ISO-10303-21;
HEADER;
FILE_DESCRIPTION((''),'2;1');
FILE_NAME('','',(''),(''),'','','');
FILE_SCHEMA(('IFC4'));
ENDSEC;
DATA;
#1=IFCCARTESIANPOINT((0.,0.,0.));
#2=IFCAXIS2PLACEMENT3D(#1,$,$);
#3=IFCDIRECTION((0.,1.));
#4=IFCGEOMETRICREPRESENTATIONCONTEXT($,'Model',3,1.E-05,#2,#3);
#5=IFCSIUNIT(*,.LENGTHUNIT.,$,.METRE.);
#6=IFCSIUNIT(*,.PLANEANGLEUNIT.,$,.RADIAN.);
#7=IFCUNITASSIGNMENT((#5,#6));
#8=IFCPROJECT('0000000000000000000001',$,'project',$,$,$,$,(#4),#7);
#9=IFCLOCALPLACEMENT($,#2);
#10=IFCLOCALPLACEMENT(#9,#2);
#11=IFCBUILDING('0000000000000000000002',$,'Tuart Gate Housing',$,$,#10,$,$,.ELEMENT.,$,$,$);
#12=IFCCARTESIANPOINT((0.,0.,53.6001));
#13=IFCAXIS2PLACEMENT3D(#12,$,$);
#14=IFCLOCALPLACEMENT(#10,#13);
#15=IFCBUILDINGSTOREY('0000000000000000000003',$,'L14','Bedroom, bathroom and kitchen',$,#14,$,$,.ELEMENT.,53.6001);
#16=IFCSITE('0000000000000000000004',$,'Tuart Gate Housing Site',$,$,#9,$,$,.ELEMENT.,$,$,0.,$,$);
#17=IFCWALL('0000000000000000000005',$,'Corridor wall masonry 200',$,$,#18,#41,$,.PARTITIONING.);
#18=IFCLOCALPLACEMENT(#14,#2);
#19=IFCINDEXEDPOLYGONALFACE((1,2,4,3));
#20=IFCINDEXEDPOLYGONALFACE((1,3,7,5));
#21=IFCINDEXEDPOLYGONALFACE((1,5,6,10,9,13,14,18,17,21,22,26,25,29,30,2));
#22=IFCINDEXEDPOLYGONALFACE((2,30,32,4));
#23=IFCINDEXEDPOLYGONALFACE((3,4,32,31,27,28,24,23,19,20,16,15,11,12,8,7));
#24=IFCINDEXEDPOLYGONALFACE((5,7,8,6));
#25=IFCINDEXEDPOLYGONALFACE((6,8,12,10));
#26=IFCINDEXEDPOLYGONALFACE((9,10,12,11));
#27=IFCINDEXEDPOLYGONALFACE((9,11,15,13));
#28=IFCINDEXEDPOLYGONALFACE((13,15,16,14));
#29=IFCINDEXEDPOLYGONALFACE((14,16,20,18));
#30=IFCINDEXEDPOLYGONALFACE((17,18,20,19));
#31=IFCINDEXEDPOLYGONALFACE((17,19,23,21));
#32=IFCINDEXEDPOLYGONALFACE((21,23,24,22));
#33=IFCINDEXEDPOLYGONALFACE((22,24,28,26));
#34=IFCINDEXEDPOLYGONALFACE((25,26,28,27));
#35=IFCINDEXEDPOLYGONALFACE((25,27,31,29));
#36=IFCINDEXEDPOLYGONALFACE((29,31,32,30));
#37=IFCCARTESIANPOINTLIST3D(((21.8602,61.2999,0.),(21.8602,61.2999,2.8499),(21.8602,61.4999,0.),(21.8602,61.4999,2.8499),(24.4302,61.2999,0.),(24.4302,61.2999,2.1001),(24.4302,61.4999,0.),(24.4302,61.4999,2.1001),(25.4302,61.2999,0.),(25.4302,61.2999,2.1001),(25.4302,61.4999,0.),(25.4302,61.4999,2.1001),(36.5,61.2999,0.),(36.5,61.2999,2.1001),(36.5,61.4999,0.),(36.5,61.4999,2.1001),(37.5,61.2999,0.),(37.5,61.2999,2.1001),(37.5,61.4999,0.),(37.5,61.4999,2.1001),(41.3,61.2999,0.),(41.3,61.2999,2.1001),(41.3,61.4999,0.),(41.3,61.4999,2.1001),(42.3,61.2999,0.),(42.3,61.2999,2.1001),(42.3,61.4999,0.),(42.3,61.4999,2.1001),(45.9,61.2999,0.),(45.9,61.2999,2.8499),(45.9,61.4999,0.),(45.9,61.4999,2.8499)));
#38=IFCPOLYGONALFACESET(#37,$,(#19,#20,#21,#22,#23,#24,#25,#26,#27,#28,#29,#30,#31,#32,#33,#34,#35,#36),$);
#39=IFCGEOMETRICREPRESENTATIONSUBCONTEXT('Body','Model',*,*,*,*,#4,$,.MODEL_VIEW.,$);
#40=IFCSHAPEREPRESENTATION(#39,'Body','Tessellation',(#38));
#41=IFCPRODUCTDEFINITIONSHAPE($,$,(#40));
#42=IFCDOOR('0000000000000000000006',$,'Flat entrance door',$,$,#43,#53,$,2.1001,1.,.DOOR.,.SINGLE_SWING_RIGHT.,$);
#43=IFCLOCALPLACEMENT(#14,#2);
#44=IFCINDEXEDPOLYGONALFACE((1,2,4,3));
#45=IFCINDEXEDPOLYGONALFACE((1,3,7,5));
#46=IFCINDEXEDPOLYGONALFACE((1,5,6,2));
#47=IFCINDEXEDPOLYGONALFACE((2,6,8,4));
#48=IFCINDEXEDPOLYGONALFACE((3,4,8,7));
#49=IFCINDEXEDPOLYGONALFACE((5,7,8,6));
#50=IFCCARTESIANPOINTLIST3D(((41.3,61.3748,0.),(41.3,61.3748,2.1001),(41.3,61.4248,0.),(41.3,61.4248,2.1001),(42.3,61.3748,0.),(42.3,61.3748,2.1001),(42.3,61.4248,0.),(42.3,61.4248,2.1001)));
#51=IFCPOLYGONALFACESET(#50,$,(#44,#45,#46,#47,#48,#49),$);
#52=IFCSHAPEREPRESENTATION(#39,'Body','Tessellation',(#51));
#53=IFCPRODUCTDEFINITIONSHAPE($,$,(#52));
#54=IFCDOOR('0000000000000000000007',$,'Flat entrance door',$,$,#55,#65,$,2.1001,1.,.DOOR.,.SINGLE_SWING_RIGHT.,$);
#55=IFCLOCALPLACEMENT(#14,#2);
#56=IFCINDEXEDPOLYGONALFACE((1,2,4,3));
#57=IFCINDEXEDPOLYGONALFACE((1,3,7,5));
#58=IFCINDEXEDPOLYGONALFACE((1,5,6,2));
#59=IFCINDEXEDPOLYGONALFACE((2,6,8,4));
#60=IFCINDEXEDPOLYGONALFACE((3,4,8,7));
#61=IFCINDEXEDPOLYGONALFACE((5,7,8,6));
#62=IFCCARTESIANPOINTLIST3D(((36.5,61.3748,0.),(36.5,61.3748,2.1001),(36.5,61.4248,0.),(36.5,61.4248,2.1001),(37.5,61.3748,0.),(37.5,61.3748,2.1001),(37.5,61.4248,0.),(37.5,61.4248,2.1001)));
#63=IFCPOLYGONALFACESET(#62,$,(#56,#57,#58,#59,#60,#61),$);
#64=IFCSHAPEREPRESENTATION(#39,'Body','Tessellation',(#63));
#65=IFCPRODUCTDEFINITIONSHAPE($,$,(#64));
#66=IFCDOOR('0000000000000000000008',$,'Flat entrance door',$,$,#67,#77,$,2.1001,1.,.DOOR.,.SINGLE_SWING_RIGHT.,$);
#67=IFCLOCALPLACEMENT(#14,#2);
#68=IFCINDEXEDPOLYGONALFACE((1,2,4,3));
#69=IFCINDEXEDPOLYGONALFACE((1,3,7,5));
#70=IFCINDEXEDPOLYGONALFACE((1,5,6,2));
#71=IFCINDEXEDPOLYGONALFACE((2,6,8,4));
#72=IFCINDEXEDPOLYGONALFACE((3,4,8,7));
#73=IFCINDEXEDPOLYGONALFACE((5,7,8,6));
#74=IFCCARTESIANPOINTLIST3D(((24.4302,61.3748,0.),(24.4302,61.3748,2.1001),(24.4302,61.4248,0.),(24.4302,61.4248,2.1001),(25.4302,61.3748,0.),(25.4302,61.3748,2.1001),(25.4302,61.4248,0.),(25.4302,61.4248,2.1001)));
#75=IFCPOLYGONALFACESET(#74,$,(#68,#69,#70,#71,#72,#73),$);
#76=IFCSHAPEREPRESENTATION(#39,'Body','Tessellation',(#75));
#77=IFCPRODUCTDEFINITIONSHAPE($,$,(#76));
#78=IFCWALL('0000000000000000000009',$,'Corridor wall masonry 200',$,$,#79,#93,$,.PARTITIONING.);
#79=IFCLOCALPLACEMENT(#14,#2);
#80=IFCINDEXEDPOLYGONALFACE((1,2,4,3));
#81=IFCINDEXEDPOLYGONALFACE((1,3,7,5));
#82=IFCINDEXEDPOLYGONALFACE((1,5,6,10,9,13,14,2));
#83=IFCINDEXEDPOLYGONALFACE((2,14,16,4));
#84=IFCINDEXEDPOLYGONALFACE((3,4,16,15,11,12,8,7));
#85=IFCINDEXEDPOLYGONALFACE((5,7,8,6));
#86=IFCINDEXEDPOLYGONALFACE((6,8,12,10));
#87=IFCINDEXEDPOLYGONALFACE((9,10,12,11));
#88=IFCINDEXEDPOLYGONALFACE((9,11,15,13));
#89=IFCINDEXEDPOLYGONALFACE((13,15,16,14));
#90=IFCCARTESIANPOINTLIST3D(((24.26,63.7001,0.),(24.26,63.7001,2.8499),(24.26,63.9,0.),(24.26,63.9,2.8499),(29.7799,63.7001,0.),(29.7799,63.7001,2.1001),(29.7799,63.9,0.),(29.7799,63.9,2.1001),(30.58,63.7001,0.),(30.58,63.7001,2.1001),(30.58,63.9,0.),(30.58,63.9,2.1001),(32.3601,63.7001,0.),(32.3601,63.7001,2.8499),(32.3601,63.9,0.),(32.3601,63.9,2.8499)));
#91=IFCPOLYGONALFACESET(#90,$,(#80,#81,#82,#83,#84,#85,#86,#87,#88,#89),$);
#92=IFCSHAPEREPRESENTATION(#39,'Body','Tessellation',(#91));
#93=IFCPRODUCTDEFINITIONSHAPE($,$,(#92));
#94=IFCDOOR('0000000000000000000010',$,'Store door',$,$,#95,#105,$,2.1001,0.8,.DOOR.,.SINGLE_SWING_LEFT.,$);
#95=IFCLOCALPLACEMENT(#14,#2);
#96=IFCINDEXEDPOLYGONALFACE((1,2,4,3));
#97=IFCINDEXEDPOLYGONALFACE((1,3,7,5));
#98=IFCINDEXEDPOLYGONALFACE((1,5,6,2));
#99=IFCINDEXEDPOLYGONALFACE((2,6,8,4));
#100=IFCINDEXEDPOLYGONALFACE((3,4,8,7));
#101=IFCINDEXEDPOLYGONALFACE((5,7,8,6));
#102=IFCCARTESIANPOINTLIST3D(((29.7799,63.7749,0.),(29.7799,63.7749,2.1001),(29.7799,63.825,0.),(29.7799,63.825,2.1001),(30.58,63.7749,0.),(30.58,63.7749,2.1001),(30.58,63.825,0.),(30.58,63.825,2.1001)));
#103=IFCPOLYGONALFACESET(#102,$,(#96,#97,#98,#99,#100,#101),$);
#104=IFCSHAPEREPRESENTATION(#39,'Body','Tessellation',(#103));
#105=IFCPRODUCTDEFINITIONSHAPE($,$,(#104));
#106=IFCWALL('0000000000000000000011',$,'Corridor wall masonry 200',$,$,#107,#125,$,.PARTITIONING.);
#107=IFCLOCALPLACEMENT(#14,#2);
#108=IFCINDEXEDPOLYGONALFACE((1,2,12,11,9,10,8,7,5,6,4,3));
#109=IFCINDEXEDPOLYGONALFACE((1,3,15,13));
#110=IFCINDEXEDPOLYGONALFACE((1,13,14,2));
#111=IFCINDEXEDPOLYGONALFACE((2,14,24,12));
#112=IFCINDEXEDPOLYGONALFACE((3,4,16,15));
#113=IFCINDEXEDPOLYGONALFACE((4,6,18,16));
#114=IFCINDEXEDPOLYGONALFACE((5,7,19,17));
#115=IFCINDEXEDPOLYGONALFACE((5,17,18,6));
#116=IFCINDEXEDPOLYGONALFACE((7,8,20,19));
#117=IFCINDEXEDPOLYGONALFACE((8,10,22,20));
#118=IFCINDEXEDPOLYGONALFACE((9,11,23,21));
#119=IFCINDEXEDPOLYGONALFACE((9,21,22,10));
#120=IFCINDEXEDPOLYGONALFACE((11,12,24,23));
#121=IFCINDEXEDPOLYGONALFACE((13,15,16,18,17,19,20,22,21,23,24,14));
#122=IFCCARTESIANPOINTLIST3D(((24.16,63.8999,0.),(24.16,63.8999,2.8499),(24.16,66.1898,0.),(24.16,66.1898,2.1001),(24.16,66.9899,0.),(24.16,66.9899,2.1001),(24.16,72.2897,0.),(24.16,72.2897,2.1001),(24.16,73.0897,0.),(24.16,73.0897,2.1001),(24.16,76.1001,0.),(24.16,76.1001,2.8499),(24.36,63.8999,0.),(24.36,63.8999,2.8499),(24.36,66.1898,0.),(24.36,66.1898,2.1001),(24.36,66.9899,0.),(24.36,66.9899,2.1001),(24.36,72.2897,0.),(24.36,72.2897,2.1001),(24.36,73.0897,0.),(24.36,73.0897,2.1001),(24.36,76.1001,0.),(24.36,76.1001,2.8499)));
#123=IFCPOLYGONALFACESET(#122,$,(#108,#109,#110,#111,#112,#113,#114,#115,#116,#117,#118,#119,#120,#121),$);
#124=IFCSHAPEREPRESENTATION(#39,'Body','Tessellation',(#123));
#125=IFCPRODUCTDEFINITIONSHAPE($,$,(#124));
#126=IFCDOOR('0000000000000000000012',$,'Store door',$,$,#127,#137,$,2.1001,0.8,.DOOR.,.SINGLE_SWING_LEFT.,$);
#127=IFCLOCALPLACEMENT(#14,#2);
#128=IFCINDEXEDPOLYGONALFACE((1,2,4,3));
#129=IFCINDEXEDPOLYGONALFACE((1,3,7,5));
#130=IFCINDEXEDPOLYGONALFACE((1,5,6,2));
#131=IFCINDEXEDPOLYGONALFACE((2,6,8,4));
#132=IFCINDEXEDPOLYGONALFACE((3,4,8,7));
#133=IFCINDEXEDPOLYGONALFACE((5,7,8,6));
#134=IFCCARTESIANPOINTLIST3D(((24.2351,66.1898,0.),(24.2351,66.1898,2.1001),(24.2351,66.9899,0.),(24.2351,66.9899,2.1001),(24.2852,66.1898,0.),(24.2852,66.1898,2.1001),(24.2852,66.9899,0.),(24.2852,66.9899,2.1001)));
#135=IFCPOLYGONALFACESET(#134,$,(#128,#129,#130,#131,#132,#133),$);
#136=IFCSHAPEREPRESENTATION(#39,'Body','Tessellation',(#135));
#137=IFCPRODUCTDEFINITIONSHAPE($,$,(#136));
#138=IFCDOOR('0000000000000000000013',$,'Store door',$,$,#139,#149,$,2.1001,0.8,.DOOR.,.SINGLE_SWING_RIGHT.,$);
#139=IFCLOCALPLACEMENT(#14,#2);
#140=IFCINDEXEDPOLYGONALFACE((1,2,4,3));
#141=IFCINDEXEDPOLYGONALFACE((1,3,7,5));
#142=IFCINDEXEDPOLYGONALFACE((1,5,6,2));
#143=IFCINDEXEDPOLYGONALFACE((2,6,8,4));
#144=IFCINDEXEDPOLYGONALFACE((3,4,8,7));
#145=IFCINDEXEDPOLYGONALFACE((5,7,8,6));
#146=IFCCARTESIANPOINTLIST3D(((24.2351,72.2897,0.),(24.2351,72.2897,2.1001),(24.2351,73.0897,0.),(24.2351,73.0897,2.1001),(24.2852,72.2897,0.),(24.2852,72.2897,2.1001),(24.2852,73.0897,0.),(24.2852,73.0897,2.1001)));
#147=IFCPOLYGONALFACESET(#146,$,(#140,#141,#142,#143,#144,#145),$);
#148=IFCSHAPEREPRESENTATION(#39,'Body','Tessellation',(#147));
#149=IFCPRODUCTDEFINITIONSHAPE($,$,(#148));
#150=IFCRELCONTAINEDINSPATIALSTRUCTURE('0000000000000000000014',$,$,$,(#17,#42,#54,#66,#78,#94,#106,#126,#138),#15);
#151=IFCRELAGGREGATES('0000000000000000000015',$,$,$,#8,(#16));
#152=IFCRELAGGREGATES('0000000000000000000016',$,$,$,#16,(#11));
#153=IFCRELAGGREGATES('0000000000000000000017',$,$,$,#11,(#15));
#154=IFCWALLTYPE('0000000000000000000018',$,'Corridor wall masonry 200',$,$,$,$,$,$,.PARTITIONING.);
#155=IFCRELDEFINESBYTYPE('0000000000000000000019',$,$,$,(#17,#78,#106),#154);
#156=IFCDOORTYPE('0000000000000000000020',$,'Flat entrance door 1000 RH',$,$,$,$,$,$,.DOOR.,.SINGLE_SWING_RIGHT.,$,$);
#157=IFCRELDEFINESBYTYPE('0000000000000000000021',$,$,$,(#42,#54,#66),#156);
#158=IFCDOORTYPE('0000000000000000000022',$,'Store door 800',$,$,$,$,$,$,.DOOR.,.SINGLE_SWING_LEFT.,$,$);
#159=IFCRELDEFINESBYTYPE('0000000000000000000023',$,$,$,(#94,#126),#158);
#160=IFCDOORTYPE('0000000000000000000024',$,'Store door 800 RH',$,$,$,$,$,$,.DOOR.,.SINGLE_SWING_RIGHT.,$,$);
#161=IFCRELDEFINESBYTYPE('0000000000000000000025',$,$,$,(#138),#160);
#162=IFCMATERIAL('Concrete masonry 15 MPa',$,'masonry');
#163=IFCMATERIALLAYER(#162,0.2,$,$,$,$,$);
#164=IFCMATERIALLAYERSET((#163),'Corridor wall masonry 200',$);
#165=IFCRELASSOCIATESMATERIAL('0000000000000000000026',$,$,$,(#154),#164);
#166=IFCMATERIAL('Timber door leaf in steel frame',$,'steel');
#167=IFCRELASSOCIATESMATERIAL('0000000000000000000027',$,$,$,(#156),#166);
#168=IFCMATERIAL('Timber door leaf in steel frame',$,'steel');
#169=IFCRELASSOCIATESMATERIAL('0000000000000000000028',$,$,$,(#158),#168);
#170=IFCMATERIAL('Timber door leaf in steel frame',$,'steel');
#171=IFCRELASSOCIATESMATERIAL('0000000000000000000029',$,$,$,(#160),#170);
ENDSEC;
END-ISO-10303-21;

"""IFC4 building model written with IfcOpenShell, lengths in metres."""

from ifc_helpers import new_model, si_unit, direction, frame, frame_2d, origin, place, context, subcontext, project, spatial, rectangle, extrude, material, layer, layer_set, type_object, element, fill, save


model = new_model("IFC4")

# Units and contexts
model_context = context("Model", 3, precision=1e-05, world=origin(), true_north=direction((0.0, 1.0)))
body_context = subcontext(model_context, "Body", "Model", "MODEL_VIEW")
ifc_project = project(units=[si_unit("LENGTHUNIT", "METRE"), si_unit("PLANEANGLEUNIT", "RADIAN")], contexts=[model_context])

# Site, building, storey
site_placement = place(None, origin())
site = spatial("IfcSite", under=ifc_project, at=site_placement, Name="Tuart Gate Housing Site", CompositionType="ELEMENT", RefElevation=0.0)
building_placement = place(site_placement, origin())
building = spatial("IfcBuilding", under=site, at=building_placement, Name="Tuart Gate Housing", CompositionType="ELEMENT")
storey_placement = place(building_placement, frame((0.0, 0.0, 53.6001)))
storey = spatial("IfcBuildingStorey", under=building, at=storey_placement, Name="L14", Description="Bedroom, bathroom and kitchen", CompositionType="ELEMENT", Elevation=53.6001)

# Wall, openings, doors
ifc_material_1 = material(Name="Concrete masonry 15 MPa", Category="masonry")
ifc_layer_1 = layer(ifc_material_1, 0.2)
ifc_layer_set_1 = layer_set([ifc_layer_1], Name="Corridor wall masonry 200")
wall_type_1 = type_object("IfcWallType", Name="Corridor wall masonry 200", PredefinedType="PARTITIONING", material=ifc_layer_set_1)
wall_1_placement = place(storey_placement, frame((21.8601, 61.3999, 0.0), z_axis=(0.0, 0.0, 1.0), x_axis=(1.0, 0.0, 0.0)))
wall_1 = element("IfcWall", 1, at=wall_1_placement, inside=storey, type_object=wall_type_1, Name="Corridor wall masonry 200", PredefinedType="PARTITIONING", context=body_context, shape_type="SweptSolid", body=[
    extrude(rectangle(XDim=24.0398, YDim=0.2, at=frame_2d((12.02, 0.0))), origin(), (0.0, 0.0, 1.0), 2.8499),
])
opening_1_placement = place(wall_1_placement, frame((19.4399, 0.0, 0.0)))
opening_1 = element("IfcOpeningElement", 2, at=opening_1_placement, cuts=wall_1, PredefinedType="OPENING", context=body_context, shape_type="SweptSolid", body=[
    extrude(rectangle(XDim=1.0, YDim=2.1001, at=frame_2d((0.5, 1.05))), frame((0.0, 0.1099, 0.0), z_axis=(0.0, -1.0, 0.0), x_axis=(1.0, 0.0, 0.0)), (0.0, 0.0, 1.0), 0.22),
])
opening_2_placement = place(wall_1_placement, frame((14.6399, 0.0, 0.0)))
opening_2 = element("IfcOpeningElement", 3, at=opening_2_placement, cuts=wall_1, PredefinedType="OPENING", context=body_context, shape_type="SweptSolid", body=[
    extrude(rectangle(XDim=1.0, YDim=2.1001, at=frame_2d((0.5, 1.05))), frame((0.0, 0.1099, 0.0), z_axis=(0.0, -1.0, 0.0), x_axis=(1.0, 0.0, 0.0)), (0.0, 0.0, 1.0), 0.22),
])
opening_3_placement = place(wall_1_placement, frame((2.5701, 0.0, 0.0)))
opening_3 = element("IfcOpeningElement", 4, at=opening_3_placement, cuts=wall_1, PredefinedType="OPENING", context=body_context, shape_type="SweptSolid", body=[
    extrude(rectangle(XDim=1.0, YDim=2.1001, at=frame_2d((0.5, 1.05))), frame((0.0, 0.1099, 0.0), z_axis=(0.0, -1.0, 0.0), x_axis=(1.0, 0.0, 0.0)), (0.0, 0.0, 1.0), 0.22),
])
ifc_material_2 = material(Name="Timber door leaf in steel frame", Category="steel")
door_type_1 = type_object("IfcDoorType", Name="Flat entrance door 1000 RH", OperationType="SINGLE_SWING_RIGHT", PredefinedType="DOOR", material=ifc_material_2)
door_1_placement = place(opening_1_placement, frame((1.0, 0.0, 0.0), z_axis=(0.0, 0.0, 1.0), x_axis=(-1.0, 0.0, 0.0)))
door_1 = element("IfcDoor", 5, at=door_1_placement, inside=storey, type_object=door_type_1, Name="Flat entrance door", OperationType="SINGLE_SWING_RIGHT", OverallHeight=2.1001, OverallWidth=1.0, PredefinedType="DOOR", context=body_context, shape_type="SweptSolid", body=[
    extrude(rectangle(XDim=1.0, YDim=2.1001, at=frame_2d((0.5, 1.05))), frame((0.0, 0.0251, 0.0), z_axis=(0.0, -1.0, 0.0), x_axis=(1.0, 0.0, 0.0)), (0.0, 0.0, 1.0), 0.05),
])
fill(opening_1, door_1)
door_2_placement = place(opening_2_placement, frame((1.0, 0.0, 0.0), z_axis=(0.0, 0.0, 1.0), x_axis=(-1.0, 0.0, 0.0)))
door_2 = element("IfcDoor", 6, at=door_2_placement, inside=storey, type_object=door_type_1, Name="Flat entrance door", OperationType="SINGLE_SWING_RIGHT", OverallHeight=2.1001, OverallWidth=1.0, PredefinedType="DOOR", context=body_context, shape_type="SweptSolid", body=[
    extrude(rectangle(XDim=1.0, YDim=2.1001, at=frame_2d((0.5, 1.05))), frame((0.0, 0.0251, 0.0), z_axis=(0.0, -1.0, 0.0), x_axis=(1.0, 0.0, 0.0)), (0.0, 0.0, 1.0), 0.05),
])
fill(opening_2, door_2)
door_3_placement = place(opening_3_placement, frame((1.0, 0.0, 0.0), z_axis=(0.0, 0.0, 1.0), x_axis=(-1.0, 0.0, 0.0)))
door_3 = element("IfcDoor", 7, at=door_3_placement, inside=storey, type_object=door_type_1, Name="Flat entrance door", OperationType="SINGLE_SWING_RIGHT", OverallHeight=2.1001, OverallWidth=1.0, PredefinedType="DOOR", context=body_context, shape_type="SweptSolid", body=[
    extrude(rectangle(XDim=1.0, YDim=2.1001, at=frame_2d((0.5, 1.05))), frame((0.0, 0.0251, 0.0), z_axis=(0.0, -1.0, 0.0), x_axis=(1.0, 0.0, 0.0)), (0.0, 0.0, 1.0), 0.05),
])
fill(opening_3, door_3)

# Wall, opening, door
wall_2_placement = place(storey_placement, frame((24.26, 63.8, 0.0), z_axis=(0.0, 0.0, 1.0), x_axis=(1.0, 0.0, 0.0)))
wall_2 = element("IfcWall", 8, at=wall_2_placement, inside=storey, type_object=wall_type_1, Name="Corridor wall masonry 200", PredefinedType="PARTITIONING", context=body_context, shape_type="SweptSolid", body=[
    extrude(rectangle(XDim=8.1001, YDim=0.2, at=frame_2d((4.05, 0.0))), origin(), (0.0, 0.0, 1.0), 2.8499),
])
opening_4_placement = place(wall_2_placement, frame((5.52, 0.0, 0.0)))
opening_4 = element("IfcOpeningElement", 9, at=opening_4_placement, cuts=wall_2, PredefinedType="OPENING", context=body_context, shape_type="SweptSolid", body=[
    extrude(rectangle(XDim=0.8, YDim=2.1001, at=frame_2d((0.3999, 1.05))), frame((0.0, 0.1099, 0.0), z_axis=(0.0, -1.0, 0.0), x_axis=(1.0, 0.0, 0.0)), (0.0, 0.0, 1.0), 0.22),
])
ifc_material_3 = material(Name="Timber door leaf in steel frame", Category="steel")
door_type_2 = type_object("IfcDoorType", Name="Store door 800", OperationType="SINGLE_SWING_LEFT", PredefinedType="DOOR", material=ifc_material_3)
door_4_placement = place(opening_4_placement, origin())
door_4 = element("IfcDoor", 10, at=door_4_placement, inside=storey, type_object=door_type_2, Name="Store door", OperationType="SINGLE_SWING_LEFT", OverallHeight=2.1001, OverallWidth=0.8, PredefinedType="DOOR", context=body_context, shape_type="SweptSolid", body=[
    extrude(rectangle(XDim=0.8, YDim=2.1001, at=frame_2d((0.3999, 1.05))), frame((0.0, 0.0249, 0.0), z_axis=(0.0, -1.0, 0.0), x_axis=(1.0, 0.0, 0.0)), (0.0, 0.0, 1.0), 0.05),
])
fill(opening_4, door_4)

# Wall, openings, doors
wall_3_placement = place(storey_placement, frame((24.26, 63.8999, 0.0), z_axis=(0.0, 0.0, 1.0), x_axis=(0.0, 1.0, 0.0)))
wall_3 = element("IfcWall", 11, at=wall_3_placement, inside=storey, type_object=wall_type_1, Name="Corridor wall masonry 200", PredefinedType="PARTITIONING", context=body_context, shape_type="SweptSolid", body=[
    extrude(rectangle(XDim=12.2002, YDim=0.2, at=frame_2d((6.1001, 0.0))), origin(), (0.0, 0.0, 1.0), 2.8499),
])
opening_5_placement = place(wall_3_placement, frame((2.29, 0.0, 0.0)))
opening_5 = element("IfcOpeningElement", 12, at=opening_5_placement, cuts=wall_3, PredefinedType="OPENING", context=body_context, shape_type="SweptSolid", body=[
    extrude(rectangle(XDim=0.8, YDim=2.1001, at=frame_2d((0.3999, 1.05))), frame((0.0, 0.1099, 0.0), z_axis=(0.0, -1.0, 0.0), x_axis=(1.0, 0.0, 0.0)), (0.0, 0.0, 1.0), 0.22),
])
opening_6_placement = place(wall_3_placement, frame((8.3899, 0.0, 0.0)))
opening_6 = element("IfcOpeningElement", 13, at=opening_6_placement, cuts=wall_3, PredefinedType="OPENING", context=body_context, shape_type="SweptSolid", body=[
    extrude(rectangle(XDim=0.8, YDim=2.1001, at=frame_2d((0.3999, 1.05))), frame((0.0, 0.1099, 0.0), z_axis=(0.0, -1.0, 0.0), x_axis=(1.0, 0.0, 0.0)), (0.0, 0.0, 1.0), 0.22),
])
door_5_placement = place(opening_5_placement, frame((0.8, 0.0, 0.0), z_axis=(0.0, 0.0, 1.0), x_axis=(-1.0, 0.0, 0.0)))
door_5 = element("IfcDoor", 14, at=door_5_placement, inside=storey, type_object=door_type_2, Name="Store door", OperationType="SINGLE_SWING_LEFT", OverallHeight=2.1001, OverallWidth=0.8, PredefinedType="DOOR", context=body_context, shape_type="SweptSolid", body=[
    extrude(rectangle(XDim=0.8, YDim=2.1001, at=frame_2d((0.4001, 1.05))), frame((0.0, 0.0251, 0.0), z_axis=(0.0, -1.0, 0.0), x_axis=(1.0, 0.0, 0.0)), (0.0, 0.0, 1.0), 0.05),
])
fill(opening_5, door_5)
ifc_material_4 = material(Name="Timber door leaf in steel frame", Category="steel")
door_type_3 = type_object("IfcDoorType", Name="Store door 800 RH", OperationType="SINGLE_SWING_RIGHT", PredefinedType="DOOR", material=ifc_material_4)
door_6_placement = place(opening_6_placement, frame((0.8, 0.0, 0.0), z_axis=(0.0, 0.0, 1.0), x_axis=(-1.0, 0.0, 0.0)))
door_6 = element("IfcDoor", 15, at=door_6_placement, inside=storey, type_object=door_type_3, Name="Store door", OperationType="SINGLE_SWING_RIGHT", OverallHeight=2.1001, OverallWidth=0.8, PredefinedType="DOOR", context=body_context, shape_type="SweptSolid", body=[
    extrude(rectangle(XDim=0.8, YDim=2.1001, at=frame_2d((0.4001, 1.05))), frame((0.0, 0.0251, 0.0), z_axis=(0.0, -1.0, 0.0), x_axis=(1.0, 0.0, 0.0)), (0.0, 0.0, 1.0), 0.05),
])
fill(opening_6, door_6)

save(model, "model.ifc")
